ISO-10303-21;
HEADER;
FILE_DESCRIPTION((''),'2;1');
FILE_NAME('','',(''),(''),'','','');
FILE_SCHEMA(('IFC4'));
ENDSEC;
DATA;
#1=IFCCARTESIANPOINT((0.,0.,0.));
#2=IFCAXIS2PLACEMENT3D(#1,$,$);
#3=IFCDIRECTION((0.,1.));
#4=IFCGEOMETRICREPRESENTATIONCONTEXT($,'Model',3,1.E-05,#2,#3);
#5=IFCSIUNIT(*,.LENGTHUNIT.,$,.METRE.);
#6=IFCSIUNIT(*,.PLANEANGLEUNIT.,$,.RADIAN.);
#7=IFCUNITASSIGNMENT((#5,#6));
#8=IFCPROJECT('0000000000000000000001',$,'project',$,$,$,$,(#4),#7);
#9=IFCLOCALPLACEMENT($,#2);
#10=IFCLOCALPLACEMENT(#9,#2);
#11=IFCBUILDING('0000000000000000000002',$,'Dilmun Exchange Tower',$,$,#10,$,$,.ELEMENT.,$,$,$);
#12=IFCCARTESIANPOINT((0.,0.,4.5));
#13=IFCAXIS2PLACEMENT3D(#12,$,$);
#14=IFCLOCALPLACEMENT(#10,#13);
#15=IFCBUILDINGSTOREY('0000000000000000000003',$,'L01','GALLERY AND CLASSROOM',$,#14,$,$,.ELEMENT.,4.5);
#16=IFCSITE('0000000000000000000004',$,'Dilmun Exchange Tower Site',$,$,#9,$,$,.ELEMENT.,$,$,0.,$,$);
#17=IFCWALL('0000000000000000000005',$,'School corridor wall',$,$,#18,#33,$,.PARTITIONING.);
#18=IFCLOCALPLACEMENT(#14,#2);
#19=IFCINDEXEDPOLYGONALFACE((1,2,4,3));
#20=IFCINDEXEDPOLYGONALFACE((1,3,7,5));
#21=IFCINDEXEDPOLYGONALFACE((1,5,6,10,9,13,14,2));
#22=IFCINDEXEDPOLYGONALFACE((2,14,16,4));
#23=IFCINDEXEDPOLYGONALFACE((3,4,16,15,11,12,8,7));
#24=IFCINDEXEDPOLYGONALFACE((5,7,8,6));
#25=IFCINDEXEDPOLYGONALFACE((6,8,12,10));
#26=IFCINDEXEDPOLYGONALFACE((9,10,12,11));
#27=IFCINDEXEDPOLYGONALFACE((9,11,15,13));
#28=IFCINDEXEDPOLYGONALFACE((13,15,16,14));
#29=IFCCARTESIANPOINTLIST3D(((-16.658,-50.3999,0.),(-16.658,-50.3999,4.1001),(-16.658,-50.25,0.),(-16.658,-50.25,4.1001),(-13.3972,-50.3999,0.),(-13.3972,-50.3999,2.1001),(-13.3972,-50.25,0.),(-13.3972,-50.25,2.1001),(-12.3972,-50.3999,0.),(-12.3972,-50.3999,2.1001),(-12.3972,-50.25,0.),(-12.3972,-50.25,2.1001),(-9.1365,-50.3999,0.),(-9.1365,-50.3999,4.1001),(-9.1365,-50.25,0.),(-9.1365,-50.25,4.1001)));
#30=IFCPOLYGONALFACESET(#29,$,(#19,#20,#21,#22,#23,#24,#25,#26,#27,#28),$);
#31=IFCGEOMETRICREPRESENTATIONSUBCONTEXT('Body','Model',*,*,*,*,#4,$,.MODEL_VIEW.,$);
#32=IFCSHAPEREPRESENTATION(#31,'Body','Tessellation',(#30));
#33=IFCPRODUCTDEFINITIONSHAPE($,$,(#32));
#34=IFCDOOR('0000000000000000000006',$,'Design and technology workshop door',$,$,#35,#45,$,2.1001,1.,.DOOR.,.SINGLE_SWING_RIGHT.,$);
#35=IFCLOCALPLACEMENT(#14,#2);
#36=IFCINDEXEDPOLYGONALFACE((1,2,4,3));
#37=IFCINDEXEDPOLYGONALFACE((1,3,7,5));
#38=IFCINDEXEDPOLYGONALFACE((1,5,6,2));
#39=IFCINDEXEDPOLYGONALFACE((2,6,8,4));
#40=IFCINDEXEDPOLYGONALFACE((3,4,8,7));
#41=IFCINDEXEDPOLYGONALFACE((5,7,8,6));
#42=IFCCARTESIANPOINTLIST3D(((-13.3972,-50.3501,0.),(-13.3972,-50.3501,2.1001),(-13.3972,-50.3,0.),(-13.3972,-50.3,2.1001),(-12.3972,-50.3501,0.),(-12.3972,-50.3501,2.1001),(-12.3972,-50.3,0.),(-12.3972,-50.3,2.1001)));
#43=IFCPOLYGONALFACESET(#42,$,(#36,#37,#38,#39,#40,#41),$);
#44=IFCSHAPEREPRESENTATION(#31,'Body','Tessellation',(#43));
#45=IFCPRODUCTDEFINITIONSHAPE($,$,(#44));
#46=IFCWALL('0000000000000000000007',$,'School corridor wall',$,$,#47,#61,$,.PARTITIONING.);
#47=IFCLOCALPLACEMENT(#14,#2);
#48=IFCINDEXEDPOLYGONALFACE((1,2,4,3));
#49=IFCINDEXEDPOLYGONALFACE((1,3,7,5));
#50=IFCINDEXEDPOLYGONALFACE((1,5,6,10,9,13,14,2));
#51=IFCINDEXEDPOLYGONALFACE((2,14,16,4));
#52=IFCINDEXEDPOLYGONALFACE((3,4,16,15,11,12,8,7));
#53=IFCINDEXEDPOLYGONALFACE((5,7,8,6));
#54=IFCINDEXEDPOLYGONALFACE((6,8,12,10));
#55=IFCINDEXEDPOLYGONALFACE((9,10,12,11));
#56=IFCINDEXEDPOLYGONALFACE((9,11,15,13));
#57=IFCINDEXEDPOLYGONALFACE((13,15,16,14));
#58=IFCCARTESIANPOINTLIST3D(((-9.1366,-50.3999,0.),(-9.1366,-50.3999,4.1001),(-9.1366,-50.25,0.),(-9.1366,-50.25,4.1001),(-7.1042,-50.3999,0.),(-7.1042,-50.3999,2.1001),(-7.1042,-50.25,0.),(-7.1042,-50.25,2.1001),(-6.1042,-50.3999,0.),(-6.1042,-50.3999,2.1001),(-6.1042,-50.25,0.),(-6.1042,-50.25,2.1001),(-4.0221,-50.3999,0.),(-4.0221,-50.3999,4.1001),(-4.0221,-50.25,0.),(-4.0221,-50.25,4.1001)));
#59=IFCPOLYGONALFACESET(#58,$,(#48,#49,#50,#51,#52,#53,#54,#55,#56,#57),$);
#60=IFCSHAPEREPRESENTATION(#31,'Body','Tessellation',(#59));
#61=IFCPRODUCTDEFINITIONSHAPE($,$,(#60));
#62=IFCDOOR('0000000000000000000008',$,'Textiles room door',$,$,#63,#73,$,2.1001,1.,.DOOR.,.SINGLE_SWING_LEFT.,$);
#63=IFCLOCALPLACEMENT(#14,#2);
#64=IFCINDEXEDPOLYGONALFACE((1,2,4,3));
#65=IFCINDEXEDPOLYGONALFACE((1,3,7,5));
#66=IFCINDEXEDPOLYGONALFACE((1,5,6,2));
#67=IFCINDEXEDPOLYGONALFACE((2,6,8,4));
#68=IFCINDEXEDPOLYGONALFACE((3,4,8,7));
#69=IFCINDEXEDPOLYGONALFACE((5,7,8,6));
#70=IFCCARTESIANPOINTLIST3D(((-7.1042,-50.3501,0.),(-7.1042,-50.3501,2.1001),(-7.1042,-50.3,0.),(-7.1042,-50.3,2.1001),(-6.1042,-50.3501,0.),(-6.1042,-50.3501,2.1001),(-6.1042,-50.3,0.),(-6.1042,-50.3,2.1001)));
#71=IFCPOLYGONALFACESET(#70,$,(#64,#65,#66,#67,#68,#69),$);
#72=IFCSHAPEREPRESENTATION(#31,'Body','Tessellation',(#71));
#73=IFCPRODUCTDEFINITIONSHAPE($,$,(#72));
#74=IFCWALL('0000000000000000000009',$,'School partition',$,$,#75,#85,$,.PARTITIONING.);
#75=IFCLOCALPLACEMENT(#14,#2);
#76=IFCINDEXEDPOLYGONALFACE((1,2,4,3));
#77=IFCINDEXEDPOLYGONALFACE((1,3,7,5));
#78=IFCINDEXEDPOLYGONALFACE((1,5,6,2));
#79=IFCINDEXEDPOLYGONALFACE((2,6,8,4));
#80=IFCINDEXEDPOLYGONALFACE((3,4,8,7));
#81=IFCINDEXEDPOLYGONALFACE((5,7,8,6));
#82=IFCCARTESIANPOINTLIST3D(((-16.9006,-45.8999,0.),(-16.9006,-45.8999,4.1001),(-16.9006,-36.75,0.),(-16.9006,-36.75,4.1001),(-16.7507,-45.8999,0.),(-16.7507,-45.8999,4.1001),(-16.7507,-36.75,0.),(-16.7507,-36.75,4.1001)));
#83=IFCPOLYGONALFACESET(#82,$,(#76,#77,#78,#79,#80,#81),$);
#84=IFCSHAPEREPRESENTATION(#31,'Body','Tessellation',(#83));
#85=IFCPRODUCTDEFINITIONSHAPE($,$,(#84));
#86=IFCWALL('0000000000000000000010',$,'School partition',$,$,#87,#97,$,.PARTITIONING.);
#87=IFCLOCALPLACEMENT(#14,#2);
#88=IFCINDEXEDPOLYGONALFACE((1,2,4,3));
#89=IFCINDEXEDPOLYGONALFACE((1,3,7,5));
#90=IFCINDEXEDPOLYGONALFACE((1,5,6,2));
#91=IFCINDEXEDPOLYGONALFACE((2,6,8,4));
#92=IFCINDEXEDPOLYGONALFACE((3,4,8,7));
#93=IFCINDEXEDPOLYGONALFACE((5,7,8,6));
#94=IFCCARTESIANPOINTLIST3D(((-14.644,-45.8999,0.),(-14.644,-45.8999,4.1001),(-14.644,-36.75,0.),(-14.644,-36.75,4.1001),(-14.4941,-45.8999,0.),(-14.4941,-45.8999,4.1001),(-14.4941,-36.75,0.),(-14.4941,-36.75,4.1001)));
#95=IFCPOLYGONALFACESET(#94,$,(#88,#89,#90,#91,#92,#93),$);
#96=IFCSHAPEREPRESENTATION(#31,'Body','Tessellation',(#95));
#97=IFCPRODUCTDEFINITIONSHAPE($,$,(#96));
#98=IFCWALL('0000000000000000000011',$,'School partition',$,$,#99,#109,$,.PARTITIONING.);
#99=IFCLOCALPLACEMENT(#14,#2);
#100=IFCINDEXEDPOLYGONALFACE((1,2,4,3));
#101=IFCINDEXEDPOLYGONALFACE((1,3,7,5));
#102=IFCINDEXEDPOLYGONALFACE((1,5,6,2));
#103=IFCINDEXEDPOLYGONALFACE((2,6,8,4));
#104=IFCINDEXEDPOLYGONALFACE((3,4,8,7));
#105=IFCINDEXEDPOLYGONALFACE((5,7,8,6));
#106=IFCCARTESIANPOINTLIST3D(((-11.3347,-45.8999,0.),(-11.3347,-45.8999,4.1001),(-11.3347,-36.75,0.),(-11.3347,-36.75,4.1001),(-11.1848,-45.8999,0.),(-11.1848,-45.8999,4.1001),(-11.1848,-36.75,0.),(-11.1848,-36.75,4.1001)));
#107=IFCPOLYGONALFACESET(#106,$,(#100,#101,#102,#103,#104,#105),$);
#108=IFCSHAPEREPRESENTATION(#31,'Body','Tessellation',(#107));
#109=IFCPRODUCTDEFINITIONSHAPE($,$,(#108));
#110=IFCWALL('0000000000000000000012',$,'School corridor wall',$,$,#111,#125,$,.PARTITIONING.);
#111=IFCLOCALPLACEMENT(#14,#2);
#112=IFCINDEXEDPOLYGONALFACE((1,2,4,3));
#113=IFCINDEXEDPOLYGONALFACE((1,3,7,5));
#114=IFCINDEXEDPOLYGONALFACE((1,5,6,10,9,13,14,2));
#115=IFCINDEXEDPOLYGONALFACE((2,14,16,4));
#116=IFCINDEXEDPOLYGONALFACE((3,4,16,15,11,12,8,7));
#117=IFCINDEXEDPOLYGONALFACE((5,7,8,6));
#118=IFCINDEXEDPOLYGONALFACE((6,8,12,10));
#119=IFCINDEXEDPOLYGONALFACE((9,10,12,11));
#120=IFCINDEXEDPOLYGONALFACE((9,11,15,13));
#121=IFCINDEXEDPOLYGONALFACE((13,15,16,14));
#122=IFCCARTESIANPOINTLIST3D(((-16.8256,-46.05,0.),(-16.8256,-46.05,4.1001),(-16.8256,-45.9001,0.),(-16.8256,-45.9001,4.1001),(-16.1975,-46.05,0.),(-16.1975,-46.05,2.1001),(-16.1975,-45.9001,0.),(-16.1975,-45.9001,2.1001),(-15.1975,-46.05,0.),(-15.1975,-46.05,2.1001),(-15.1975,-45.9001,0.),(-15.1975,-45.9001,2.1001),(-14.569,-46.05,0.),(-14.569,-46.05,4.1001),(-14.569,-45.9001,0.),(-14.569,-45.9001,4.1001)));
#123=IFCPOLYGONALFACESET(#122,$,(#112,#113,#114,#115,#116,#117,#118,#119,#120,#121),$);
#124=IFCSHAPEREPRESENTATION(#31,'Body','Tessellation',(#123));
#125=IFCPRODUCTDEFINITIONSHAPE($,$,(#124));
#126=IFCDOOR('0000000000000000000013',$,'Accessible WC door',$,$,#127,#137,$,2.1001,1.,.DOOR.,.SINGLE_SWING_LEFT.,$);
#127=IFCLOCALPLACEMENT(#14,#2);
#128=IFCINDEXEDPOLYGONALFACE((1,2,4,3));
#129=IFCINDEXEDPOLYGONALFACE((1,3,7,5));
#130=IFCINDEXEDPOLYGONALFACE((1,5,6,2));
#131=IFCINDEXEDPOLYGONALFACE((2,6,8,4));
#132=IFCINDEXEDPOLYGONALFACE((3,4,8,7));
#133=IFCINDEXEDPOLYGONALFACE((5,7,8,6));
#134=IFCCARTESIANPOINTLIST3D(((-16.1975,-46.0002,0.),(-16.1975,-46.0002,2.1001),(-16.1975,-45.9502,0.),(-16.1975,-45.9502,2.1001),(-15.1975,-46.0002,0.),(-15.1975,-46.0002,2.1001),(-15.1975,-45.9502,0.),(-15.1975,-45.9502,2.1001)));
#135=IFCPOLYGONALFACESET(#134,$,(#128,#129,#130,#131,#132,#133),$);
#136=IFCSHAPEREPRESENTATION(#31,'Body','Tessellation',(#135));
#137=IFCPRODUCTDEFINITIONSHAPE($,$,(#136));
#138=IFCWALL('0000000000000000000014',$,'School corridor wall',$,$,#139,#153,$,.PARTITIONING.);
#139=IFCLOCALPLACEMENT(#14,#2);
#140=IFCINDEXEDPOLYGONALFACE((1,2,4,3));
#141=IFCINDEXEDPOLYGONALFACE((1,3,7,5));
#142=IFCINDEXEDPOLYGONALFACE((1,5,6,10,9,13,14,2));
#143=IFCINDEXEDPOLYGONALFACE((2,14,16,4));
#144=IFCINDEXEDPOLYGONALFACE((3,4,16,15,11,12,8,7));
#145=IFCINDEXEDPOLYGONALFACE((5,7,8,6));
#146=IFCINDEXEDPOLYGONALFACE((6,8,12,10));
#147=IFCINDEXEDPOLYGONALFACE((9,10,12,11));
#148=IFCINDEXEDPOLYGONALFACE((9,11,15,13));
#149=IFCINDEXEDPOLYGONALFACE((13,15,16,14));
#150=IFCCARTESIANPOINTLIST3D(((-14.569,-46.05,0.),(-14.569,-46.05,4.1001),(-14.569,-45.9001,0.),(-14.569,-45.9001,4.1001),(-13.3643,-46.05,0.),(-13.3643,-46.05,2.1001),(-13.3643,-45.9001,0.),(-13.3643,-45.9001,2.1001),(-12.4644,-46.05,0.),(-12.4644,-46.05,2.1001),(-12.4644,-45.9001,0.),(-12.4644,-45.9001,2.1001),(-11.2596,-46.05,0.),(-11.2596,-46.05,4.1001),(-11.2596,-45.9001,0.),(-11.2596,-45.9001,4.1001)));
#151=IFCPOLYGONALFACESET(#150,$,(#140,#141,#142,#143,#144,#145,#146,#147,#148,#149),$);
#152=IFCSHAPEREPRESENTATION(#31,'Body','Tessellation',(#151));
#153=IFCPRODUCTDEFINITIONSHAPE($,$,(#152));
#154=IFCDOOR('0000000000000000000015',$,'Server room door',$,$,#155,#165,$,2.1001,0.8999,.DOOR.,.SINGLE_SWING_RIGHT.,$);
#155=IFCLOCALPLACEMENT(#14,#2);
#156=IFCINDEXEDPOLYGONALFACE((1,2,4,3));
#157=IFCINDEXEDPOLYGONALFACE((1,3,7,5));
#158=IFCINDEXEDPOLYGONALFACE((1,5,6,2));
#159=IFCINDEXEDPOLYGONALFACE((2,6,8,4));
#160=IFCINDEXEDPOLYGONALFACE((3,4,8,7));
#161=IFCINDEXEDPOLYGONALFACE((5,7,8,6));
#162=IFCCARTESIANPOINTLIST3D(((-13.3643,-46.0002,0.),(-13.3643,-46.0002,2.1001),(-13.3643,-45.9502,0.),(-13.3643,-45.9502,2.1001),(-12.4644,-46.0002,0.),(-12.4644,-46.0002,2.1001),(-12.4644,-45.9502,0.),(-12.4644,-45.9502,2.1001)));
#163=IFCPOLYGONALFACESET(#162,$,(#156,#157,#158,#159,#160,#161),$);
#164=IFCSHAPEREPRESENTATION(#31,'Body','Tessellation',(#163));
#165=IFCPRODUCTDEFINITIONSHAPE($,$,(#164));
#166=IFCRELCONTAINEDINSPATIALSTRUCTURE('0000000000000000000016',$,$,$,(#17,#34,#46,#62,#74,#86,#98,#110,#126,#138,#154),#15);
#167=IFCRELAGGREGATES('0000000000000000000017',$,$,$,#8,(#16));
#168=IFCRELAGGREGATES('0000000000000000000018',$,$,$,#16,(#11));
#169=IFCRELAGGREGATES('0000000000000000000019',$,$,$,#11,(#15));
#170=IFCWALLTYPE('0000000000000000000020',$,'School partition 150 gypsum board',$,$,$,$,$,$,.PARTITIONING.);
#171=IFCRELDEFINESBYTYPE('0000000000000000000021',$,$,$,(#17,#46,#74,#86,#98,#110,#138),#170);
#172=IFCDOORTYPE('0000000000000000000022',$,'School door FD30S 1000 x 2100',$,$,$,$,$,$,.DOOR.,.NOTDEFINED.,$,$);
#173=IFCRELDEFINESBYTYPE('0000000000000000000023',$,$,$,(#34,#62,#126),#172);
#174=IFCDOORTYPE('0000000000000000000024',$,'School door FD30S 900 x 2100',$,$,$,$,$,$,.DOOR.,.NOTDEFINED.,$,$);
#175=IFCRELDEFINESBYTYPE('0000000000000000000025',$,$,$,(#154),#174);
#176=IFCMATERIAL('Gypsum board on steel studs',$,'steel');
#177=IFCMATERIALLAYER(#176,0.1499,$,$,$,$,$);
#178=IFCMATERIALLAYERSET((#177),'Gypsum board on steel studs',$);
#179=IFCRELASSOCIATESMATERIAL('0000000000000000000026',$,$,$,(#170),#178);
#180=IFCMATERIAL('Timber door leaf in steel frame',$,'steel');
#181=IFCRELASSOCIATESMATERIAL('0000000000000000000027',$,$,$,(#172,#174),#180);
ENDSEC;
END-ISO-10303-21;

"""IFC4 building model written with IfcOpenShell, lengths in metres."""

from ifc_helpers import new_model, si_unit, direction, frame, frame_2d, origin, place, context, subcontext, project, spatial, rectangle, extrude, material, layer, layer_set, type_object, element, fill, save


model = new_model("IFC4")

# Units and contexts
model_context = context("Model", 3, precision=1e-05, world=origin(), true_north=direction((0.0, 1.0)))
body_context = subcontext(model_context, "Body", "Model", "MODEL_VIEW")
ifc_project = project(units=[si_unit("LENGTHUNIT", "METRE"), si_unit("PLANEANGLEUNIT", "RADIAN")], contexts=[model_context])

# Site, building, storey
site_placement = place(None, origin())
site = spatial("IfcSite", under=ifc_project, at=site_placement, Name="Dilmun Exchange Tower Site", CompositionType="ELEMENT", RefElevation=0.0)
building_placement = place(site_placement, origin())
building = spatial("IfcBuilding", under=site, at=building_placement, Name="Dilmun Exchange Tower", CompositionType="ELEMENT")
storey_placement = place(building_placement, frame((0.0, 0.0, 4.5)))
storey = spatial("IfcBuildingStorey", under=building, at=storey_placement, Name="L01", Description="GALLERY AND CLASSROOM", CompositionType="ELEMENT", Elevation=4.5)

# Shared definitions
ifc_material_1 = material(Name="Gypsum board on steel studs", Category="steel")
ifc_layer_1 = layer(ifc_material_1, 0.1499)
ifc_layer_set_1 = layer_set([ifc_layer_1], Name="Gypsum board on steel studs")
wall_type_1 = type_object("IfcWallType", Name="School partition 150 gypsum board", PredefinedType="PARTITIONING", material=ifc_layer_set_1)

# Walls, openings, doors
wall_1_placement = place(storey_placement, frame((-16.658, -50.325, 0.0), z_axis=(0.0, 0.0, 1.0), x_axis=(1.0, 0.0, 0.0)))
wall_1 = element("IfcWall", 1, at=wall_1_placement, inside=storey, type_object=wall_type_1, Name="School corridor wall", PredefinedType="PARTITIONING", context=body_context, shape_type="SweptSolid", body=[
    extrude(rectangle(XDim=7.5215, YDim=0.1499, at=frame_2d((3.7607, 0.0))), origin(), (0.0, 0.0, 1.0), 4.1001),
])
opening_1_placement = place(wall_1_placement, frame((3.2607, 0.0, 0.0)))
opening_1 = element("IfcOpeningElement", 2, at=opening_1_placement, cuts=wall_1, PredefinedType="OPENING", context=body_context, shape_type="SweptSolid", body=[
    extrude(rectangle(XDim=1.0, YDim=2.1001, at=frame_2d((0.5, 1.05))), frame((0.0, 0.085, 0.0), z_axis=(0.0, -1.0, 0.0), x_axis=(1.0, 0.0, 0.0)), (0.0, 0.0, 1.0), 0.1699),
])
ifc_material_2 = material(Name="Timber door leaf in steel frame", Category="steel")
door_type_1 = type_object("IfcDoorType", Name="School door FD30S 1000 x 2100", OperationType="NOTDEFINED", PredefinedType="DOOR", material=ifc_material_2)
door_1_placement = place(opening_1_placement, origin())
door_1 = element("IfcDoor", 3, at=door_1_placement, inside=storey, type_object=door_type_1, Name="Design and technology workshop door", OperationType="SINGLE_SWING_RIGHT", OverallHeight=2.1001, OverallWidth=1.0, PredefinedType="DOOR", context=body_context, shape_type="SweptSolid", body=[
    extrude(rectangle(XDim=1.0, YDim=2.1001, at=frame_2d((0.5, 1.05))), frame((0.0, 0.0249, 0.0), z_axis=(0.0, -1.0, 0.0), x_axis=(1.0, 0.0, 0.0)), (0.0, 0.0, 1.0), 0.05),
])
fill(opening_1, door_1)
wall_2_placement = place(storey_placement, frame((-9.1365, -50.325, 0.0), z_axis=(0.0, 0.0, 1.0), x_axis=(1.0, 0.0, 0.0)))
wall_2 = element("IfcWall", 4, at=wall_2_placement, inside=storey, type_object=wall_type_1, Name="School corridor wall", PredefinedType="PARTITIONING", context=body_context, shape_type="SweptSolid", body=[
    extrude(rectangle(XDim=5.1145, YDim=0.1499, at=frame_2d((2.5571, 0.0))), origin(), (0.0, 0.0, 1.0), 4.1001),
])
opening_2_placement = place(wall_2_placement, frame((2.0322, 0.0, 0.0)))
opening_2 = element("IfcOpeningElement", 5, at=opening_2_placement, cuts=wall_2, PredefinedType="OPENING", context=body_context, shape_type="SweptSolid", body=[
    extrude(rectangle(XDim=1.0, YDim=2.1001, at=frame_2d((0.5, 1.05))), frame((0.0, 0.085, 0.0), z_axis=(0.0, -1.0, 0.0), x_axis=(1.0, 0.0, 0.0)), (0.0, 0.0, 1.0), 0.1699),
])
door_2_placement = place(opening_2_placement, origin())
door_2 = element("IfcDoor", 6, at=door_2_placement, inside=storey, type_object=door_type_1, Name="Textiles room door", OperationType="SINGLE_SWING_LEFT", OverallHeight=2.1001, OverallWidth=1.0, PredefinedType="DOOR", context=body_context, shape_type="SweptSolid", body=[
    extrude(rectangle(XDim=1.0, YDim=2.1001, at=frame_2d((0.5, 1.05))), frame((0.0, 0.0249, 0.0), z_axis=(0.0, -1.0, 0.0), x_axis=(1.0, 0.0, 0.0)), (0.0, 0.0, 1.0), 0.05),
])
fill(opening_2, door_2)

# Walls
for number, where, z_axis, x_axis, name in (
    (7, (-16.8257, -45.8999, 0.0), (0.0, 0.0, 1.0), (0.0, 1.0, 0.0), "School partition"),
    (8, (-14.5691, -45.8999, 0.0), (0.0, 0.0, 1.0), (0.0, 1.0, 0.0), "School partition"),
    (9, (-11.2598, -45.8999, 0.0), (0.0, 0.0, 1.0), (0.0, 1.0, 0.0), "School partition"),
):
    element("IfcWall", number, at=place(storey_placement, frame(where, z_axis=z_axis, x_axis=x_axis)), inside=storey, type_object=wall_type_1, Name=name, PredefinedType="PARTITIONING", context=body_context, shape_type="SweptSolid", body=[
        extrude(rectangle(XDim=9.1499, YDim=0.1499, at=frame_2d((4.575, 0.0))), origin(), (0.0, 0.0, 1.0), 4.1001),
    ])

# Walls, openings, doors
wall_3_placement = place(storey_placement, frame((-16.8257, -45.9751, 0.0), z_axis=(0.0, 0.0, 1.0), x_axis=(1.0, 0.0, 0.0)))
wall_3 = element("IfcWall", 10, at=wall_3_placement, inside=storey, type_object=wall_type_1, Name="School corridor wall", PredefinedType="PARTITIONING", context=body_context, shape_type="SweptSolid", body=[
    extrude(rectangle(XDim=2.2566, YDim=0.1499, at=frame_2d((1.1284, 0.0))), origin(), (0.0, 0.0, 1.0), 4.1001),
])
opening_3_placement = place(wall_3_placement, frame((0.6282, 0.0, 0.0)))
opening_3 = element("IfcOpeningElement", 11, at=opening_3_placement, cuts=wall_3, PredefinedType="OPENING", context=body_context, shape_type="SweptSolid", body=[
    extrude(rectangle(XDim=1.0, YDim=2.1001, at=frame_2d((0.5, 1.05))), frame((0.0, 0.085, 0.0), z_axis=(0.0, -1.0, 0.0), x_axis=(1.0, 0.0, 0.0)), (0.0, 0.0, 1.0), 0.1699),
])
door_3_placement = place(opening_3_placement, origin())
door_3 = element("IfcDoor", 12, at=door_3_placement, inside=storey, type_object=door_type_1, Name="Accessible WC door", OperationType="SINGLE_SWING_LEFT", OverallHeight=2.1001, OverallWidth=1.0, PredefinedType="DOOR", context=body_context, shape_type="SweptSolid", body=[
    extrude(rectangle(XDim=1.0, YDim=2.1001, at=frame_2d((0.5, 1.05))), frame((0.0, 0.0249, 0.0), z_axis=(0.0, -1.0, 0.0), x_axis=(1.0, 0.0, 0.0)), (0.0, 0.0, 1.0), 0.05),
])
fill(opening_3, door_3)
wall_4_placement = place(storey_placement, frame((-14.5691, -45.9751, 0.0), z_axis=(0.0, 0.0, 1.0), x_axis=(1.0, 0.0, 0.0)))
wall_4 = element("IfcWall", 13, at=wall_4_placement, inside=storey, type_object=wall_type_1, Name="School corridor wall", PredefinedType="PARTITIONING", context=body_context, shape_type="SweptSolid", body=[
    extrude(rectangle(XDim=3.3093, YDim=0.1499, at=frame_2d((1.6548, 0.0))), origin(), (0.0, 0.0, 1.0), 4.1001),
])
opening_4_placement = place(wall_4_placement, frame((1.2048, 0.0, 0.0)))
opening_4 = element("IfcOpeningElement", 14, at=opening_4_placement, cuts=wall_4, PredefinedType="OPENING", context=body_context, shape_type="SweptSolid", body=[
    extrude(rectangle(XDim=0.8999, YDim=2.1001, at=frame_2d((0.45, 1.05))), frame((0.0, 0.085, 0.0), z_axis=(0.0, -1.0, 0.0), x_axis=(1.0, 0.0, 0.0)), (0.0, 0.0, 1.0), 0.1699),
])
door_type_2 = type_object("IfcDoorType", Name="School door FD30S 900 x 2100", OperationType="NOTDEFINED", PredefinedType="DOOR", material=ifc_material_2)
door_4_placement = place(opening_4_placement, origin())
door_4 = element("IfcDoor", 15, at=door_4_placement, inside=storey, type_object=door_type_2, Name="Server room door", OperationType="SINGLE_SWING_RIGHT", OverallHeight=2.1001, OverallWidth=0.8999, PredefinedType="DOOR", context=body_context, shape_type="SweptSolid", body=[
    extrude(rectangle(XDim=0.8999, YDim=2.1001, at=frame_2d((0.45, 1.05))), frame((0.0, 0.0249, 0.0), z_axis=(0.0, -1.0, 0.0), x_axis=(1.0, 0.0, 0.0)), (0.0, 0.0, 1.0), 0.05),
])
fill(opening_4, door_4)

save(model, "model.ifc")
